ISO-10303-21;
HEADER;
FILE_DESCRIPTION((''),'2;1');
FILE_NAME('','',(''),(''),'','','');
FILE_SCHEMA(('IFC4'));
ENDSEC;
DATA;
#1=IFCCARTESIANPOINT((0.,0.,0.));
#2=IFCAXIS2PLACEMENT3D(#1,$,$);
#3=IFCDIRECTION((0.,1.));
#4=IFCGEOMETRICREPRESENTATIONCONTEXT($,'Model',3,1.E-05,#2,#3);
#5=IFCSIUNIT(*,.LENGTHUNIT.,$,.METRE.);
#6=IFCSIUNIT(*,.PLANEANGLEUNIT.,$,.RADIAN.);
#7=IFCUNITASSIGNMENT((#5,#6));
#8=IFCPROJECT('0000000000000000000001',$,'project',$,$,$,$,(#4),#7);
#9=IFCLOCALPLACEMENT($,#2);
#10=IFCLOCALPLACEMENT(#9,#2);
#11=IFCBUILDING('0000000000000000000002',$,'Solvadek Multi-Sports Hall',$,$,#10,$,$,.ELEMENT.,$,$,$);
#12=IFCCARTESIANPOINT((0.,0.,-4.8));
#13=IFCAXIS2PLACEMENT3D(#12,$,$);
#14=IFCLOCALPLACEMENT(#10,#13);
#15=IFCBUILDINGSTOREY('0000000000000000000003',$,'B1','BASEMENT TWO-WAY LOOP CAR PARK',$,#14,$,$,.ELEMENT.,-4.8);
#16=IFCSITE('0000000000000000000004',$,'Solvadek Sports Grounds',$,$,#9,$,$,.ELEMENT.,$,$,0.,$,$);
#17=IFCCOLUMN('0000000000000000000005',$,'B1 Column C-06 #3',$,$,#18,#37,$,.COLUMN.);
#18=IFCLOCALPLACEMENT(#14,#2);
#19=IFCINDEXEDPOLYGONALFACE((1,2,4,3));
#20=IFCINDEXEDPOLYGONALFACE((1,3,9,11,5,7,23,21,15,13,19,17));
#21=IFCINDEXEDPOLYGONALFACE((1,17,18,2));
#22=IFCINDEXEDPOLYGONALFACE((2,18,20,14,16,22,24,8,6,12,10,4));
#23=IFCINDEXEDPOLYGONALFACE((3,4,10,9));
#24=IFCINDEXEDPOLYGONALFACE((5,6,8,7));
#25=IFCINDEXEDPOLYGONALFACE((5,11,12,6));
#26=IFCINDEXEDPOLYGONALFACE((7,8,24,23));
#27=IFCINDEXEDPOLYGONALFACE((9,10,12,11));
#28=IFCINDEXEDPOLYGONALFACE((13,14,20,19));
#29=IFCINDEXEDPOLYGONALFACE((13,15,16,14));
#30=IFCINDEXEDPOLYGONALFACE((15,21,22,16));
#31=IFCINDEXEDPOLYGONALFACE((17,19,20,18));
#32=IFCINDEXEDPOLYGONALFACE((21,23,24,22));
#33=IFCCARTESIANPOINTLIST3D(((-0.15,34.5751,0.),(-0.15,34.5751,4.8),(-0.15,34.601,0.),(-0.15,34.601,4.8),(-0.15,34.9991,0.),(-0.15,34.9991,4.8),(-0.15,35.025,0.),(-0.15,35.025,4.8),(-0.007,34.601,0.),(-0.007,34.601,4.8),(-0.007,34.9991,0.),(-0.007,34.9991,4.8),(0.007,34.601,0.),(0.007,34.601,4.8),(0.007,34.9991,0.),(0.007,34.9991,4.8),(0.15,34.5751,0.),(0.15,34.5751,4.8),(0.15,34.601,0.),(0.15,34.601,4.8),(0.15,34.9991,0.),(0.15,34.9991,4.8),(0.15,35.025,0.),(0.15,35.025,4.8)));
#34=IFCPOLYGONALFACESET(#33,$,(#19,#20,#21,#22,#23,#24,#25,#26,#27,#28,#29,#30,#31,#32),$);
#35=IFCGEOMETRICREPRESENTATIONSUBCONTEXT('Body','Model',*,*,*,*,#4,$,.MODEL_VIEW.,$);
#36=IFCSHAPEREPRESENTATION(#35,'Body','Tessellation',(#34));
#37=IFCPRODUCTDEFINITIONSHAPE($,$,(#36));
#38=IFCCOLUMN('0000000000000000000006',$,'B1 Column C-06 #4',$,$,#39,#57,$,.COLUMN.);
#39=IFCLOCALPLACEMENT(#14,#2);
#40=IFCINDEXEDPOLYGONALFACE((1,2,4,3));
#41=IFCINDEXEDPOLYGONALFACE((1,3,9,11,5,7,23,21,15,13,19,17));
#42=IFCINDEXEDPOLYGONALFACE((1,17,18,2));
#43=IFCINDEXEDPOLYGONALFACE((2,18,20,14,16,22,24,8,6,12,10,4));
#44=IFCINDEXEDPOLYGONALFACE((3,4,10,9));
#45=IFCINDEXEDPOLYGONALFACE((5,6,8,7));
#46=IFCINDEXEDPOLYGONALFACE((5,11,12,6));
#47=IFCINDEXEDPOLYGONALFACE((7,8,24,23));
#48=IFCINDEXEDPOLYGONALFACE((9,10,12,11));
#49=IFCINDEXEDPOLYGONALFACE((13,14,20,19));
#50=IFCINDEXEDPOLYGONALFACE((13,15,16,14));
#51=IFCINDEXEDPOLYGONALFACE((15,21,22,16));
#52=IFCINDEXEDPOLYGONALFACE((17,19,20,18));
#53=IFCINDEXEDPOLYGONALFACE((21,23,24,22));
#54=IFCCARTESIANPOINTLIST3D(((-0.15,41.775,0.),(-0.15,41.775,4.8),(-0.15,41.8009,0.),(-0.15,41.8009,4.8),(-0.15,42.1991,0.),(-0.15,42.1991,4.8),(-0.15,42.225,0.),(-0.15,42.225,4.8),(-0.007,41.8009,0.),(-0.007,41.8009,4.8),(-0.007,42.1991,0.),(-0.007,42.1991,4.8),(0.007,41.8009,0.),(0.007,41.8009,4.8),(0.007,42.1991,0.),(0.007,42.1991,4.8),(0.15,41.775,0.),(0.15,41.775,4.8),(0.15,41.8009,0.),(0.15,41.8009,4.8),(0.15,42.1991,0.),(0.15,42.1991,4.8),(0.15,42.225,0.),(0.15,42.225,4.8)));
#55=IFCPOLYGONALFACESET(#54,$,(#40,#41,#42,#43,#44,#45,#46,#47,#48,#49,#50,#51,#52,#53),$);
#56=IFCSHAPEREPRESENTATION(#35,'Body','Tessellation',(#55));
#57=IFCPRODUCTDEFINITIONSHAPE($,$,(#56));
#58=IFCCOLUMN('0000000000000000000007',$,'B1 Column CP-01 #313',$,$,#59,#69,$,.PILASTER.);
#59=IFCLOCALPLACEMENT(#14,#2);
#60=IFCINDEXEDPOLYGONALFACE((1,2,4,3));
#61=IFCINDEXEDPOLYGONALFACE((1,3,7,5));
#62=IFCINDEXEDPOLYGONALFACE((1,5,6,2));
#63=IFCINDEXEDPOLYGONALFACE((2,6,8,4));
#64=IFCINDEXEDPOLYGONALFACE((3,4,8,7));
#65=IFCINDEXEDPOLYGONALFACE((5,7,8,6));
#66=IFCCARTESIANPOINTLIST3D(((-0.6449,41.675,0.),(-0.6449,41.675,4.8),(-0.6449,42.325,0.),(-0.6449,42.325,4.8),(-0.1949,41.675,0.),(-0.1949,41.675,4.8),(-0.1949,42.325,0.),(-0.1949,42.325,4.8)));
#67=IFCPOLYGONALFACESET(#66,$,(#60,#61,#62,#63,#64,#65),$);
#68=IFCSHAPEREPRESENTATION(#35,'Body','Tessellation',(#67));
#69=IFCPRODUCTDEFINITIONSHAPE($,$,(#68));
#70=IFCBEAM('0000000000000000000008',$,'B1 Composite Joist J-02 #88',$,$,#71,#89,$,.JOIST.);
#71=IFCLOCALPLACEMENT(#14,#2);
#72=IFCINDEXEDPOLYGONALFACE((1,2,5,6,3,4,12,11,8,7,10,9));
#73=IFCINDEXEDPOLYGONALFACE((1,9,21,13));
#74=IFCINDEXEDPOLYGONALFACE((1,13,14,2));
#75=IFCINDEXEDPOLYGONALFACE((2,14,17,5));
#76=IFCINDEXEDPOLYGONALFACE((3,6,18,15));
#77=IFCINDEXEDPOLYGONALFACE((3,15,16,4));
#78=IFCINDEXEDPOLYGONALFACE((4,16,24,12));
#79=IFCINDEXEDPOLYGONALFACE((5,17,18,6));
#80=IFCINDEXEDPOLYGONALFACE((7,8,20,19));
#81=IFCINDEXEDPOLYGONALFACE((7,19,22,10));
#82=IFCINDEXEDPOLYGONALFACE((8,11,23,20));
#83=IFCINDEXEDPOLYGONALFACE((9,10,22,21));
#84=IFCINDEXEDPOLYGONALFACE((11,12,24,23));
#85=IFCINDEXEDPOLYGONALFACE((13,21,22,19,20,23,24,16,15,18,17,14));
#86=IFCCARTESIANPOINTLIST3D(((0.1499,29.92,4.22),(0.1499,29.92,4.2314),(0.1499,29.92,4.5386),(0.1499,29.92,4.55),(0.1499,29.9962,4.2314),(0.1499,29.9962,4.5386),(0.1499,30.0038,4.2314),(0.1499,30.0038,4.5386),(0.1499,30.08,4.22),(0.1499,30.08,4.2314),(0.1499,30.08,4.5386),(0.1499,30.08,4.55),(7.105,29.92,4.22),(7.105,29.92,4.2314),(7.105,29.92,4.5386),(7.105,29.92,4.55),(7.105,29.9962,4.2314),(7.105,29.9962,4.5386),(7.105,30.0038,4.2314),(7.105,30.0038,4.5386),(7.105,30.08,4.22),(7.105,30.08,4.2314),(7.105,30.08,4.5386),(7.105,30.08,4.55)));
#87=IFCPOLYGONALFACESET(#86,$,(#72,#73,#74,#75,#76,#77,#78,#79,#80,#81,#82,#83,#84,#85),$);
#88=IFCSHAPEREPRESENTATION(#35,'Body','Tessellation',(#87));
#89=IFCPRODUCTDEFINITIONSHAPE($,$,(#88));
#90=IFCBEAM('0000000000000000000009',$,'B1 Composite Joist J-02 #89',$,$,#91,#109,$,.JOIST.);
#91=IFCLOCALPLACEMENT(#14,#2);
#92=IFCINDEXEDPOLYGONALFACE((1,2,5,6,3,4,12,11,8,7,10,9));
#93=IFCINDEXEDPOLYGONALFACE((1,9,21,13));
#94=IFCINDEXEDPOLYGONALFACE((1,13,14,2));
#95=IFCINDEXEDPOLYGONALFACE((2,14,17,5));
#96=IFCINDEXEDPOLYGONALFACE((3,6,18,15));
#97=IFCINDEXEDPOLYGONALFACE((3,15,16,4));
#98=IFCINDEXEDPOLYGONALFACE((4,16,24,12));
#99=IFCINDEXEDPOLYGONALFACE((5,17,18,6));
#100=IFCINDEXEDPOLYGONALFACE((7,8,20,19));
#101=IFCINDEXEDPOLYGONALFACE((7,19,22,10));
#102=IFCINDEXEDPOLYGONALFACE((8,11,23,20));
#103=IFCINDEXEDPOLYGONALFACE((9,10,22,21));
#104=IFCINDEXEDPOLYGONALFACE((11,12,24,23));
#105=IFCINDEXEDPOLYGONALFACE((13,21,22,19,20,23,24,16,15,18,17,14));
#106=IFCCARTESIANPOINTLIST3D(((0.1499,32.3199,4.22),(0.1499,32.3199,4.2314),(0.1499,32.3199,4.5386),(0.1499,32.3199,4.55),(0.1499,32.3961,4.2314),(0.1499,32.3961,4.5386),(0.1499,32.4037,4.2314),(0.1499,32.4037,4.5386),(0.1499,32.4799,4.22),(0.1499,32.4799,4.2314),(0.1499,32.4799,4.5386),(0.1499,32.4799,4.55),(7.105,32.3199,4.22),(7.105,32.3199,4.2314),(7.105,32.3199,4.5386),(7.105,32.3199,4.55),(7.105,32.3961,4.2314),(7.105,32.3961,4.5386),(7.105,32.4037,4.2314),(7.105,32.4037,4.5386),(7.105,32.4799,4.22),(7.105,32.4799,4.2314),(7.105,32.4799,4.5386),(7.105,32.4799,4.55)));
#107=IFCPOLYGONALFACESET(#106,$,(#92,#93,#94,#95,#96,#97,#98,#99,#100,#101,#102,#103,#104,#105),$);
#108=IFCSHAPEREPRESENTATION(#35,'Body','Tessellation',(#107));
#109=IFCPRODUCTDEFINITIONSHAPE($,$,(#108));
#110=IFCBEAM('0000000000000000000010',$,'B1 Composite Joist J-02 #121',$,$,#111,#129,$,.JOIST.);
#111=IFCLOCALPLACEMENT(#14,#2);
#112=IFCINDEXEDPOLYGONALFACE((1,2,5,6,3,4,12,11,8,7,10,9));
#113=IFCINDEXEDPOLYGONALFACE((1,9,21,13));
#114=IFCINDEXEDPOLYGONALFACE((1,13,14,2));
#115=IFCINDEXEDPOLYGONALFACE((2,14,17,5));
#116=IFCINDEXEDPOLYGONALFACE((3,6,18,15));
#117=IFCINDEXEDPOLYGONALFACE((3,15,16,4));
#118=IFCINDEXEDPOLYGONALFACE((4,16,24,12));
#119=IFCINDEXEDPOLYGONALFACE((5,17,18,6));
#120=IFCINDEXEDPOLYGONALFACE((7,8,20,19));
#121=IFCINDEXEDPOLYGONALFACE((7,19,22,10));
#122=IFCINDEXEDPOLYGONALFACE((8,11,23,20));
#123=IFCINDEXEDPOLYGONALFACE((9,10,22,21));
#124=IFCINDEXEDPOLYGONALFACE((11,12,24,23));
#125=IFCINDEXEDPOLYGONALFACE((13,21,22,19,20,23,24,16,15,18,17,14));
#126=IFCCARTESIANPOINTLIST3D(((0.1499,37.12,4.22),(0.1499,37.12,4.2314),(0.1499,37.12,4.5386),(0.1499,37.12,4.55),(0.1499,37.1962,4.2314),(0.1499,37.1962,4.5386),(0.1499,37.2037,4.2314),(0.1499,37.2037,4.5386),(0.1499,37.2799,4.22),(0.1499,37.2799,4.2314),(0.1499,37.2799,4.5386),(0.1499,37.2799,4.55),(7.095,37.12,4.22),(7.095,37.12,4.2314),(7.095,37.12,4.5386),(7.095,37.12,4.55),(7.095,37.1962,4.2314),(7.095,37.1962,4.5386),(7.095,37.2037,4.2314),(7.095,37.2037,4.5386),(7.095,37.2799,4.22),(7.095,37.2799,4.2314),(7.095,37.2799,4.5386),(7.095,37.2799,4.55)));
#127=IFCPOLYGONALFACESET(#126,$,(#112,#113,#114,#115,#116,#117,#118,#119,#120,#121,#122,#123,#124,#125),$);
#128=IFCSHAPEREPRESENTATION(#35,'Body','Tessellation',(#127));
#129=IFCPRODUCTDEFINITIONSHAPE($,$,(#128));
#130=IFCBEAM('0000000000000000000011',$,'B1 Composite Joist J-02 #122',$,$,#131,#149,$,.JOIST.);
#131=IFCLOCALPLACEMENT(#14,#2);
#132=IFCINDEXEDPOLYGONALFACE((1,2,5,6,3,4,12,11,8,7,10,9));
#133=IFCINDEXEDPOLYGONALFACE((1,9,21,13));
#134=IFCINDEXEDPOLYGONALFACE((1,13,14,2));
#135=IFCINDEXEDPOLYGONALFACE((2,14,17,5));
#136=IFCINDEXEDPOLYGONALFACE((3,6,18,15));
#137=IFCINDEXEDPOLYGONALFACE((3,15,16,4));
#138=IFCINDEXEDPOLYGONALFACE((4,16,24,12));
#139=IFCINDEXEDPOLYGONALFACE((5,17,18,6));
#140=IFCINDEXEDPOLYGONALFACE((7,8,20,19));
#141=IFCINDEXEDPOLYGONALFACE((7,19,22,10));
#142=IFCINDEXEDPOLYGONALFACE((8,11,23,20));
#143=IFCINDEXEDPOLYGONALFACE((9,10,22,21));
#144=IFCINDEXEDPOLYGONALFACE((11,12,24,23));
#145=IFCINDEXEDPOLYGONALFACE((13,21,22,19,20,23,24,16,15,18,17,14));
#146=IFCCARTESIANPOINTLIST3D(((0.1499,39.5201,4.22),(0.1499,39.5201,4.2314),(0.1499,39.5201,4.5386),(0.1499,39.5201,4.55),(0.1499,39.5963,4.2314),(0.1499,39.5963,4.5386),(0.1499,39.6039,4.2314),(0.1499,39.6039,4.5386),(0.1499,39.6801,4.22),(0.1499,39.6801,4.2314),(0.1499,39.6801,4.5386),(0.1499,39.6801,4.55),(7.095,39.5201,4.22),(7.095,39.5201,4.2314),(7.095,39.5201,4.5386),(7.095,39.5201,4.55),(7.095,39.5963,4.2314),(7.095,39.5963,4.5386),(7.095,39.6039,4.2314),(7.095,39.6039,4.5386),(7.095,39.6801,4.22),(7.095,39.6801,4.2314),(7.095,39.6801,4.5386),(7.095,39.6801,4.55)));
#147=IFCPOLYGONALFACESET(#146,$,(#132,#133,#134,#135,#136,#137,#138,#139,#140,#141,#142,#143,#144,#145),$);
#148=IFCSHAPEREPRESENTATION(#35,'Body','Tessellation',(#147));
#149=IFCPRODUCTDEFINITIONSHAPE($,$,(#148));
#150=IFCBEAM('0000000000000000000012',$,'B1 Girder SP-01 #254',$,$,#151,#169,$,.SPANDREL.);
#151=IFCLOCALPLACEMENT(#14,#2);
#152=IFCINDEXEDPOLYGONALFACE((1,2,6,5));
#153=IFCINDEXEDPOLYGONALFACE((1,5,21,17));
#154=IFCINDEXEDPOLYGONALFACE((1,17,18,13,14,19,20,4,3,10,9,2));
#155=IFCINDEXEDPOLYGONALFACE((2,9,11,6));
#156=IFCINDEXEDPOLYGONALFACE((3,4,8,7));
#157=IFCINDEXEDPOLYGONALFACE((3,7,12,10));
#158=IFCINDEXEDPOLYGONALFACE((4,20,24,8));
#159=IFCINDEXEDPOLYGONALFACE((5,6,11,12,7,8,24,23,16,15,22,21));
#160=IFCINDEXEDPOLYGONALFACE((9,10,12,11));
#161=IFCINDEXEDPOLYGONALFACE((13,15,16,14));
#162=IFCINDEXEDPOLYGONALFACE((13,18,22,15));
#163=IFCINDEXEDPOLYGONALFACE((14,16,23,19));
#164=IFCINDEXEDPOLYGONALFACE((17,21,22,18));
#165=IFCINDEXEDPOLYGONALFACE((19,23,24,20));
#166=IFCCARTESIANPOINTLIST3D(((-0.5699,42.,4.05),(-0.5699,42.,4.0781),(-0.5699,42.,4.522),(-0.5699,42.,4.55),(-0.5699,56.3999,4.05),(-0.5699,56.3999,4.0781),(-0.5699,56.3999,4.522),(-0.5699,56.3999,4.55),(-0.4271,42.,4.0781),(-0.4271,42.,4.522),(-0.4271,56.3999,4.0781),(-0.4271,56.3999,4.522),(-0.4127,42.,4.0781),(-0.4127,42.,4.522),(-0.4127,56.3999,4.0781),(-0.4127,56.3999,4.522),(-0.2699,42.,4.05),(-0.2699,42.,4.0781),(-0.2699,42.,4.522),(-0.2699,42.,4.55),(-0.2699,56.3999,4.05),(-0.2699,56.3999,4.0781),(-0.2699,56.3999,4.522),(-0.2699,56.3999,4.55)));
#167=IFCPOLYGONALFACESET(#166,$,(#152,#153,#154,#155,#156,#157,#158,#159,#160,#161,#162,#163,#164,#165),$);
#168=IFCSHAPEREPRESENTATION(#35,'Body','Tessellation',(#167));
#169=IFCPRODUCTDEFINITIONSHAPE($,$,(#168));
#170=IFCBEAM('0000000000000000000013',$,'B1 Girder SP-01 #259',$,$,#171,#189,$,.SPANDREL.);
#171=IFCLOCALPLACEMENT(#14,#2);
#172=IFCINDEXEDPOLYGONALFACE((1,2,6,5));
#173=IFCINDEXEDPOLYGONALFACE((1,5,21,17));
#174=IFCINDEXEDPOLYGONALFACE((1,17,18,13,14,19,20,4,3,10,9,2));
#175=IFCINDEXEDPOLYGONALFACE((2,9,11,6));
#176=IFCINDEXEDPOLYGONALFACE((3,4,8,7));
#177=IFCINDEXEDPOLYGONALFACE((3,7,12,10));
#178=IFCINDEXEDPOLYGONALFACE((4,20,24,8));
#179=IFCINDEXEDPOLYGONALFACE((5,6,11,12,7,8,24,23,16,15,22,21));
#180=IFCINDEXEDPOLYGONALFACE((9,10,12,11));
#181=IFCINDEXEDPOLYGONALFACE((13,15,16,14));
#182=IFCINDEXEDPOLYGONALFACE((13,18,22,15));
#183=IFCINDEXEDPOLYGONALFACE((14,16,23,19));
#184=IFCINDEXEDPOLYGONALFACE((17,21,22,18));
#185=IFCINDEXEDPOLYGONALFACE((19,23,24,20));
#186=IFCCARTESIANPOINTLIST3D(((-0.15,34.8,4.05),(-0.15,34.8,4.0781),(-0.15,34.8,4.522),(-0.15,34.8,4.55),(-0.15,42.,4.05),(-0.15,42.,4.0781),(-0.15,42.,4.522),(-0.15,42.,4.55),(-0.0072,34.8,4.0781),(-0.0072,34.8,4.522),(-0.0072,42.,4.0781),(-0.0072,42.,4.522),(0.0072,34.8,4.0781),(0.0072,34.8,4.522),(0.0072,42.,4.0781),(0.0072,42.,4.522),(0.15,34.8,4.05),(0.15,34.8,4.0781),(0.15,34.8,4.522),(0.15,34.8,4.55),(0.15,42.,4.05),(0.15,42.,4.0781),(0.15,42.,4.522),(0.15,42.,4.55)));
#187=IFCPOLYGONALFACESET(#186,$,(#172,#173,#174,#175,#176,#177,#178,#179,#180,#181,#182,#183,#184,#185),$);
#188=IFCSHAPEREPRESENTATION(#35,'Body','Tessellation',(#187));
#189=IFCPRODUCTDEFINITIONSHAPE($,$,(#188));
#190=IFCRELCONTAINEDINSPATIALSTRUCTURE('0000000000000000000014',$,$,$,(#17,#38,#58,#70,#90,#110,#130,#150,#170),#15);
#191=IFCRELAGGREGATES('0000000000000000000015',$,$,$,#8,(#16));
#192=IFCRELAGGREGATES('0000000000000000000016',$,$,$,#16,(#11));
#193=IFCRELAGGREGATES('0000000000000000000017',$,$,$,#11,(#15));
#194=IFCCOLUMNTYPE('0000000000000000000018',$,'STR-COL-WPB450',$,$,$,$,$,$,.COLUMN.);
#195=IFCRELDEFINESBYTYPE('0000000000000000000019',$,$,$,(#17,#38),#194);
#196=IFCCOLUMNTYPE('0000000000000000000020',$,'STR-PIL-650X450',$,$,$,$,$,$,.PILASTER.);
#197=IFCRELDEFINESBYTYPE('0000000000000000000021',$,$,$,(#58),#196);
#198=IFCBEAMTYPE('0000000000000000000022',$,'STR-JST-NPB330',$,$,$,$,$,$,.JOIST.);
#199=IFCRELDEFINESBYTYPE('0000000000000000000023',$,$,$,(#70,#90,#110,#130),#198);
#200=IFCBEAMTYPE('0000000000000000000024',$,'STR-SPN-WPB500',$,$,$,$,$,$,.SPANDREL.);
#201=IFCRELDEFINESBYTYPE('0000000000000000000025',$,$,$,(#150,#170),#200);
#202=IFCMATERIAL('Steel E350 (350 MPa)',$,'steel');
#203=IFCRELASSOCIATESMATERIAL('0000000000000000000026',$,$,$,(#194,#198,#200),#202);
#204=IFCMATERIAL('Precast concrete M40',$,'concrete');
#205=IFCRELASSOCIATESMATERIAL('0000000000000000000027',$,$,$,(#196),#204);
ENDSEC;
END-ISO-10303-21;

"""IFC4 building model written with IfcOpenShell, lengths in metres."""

from ifc_helpers import new_model, si_unit, direction, frame, origin, origin_2d, place, context, subcontext, project, spatial, rectangle, i_section, extrude, material, material_profile, profile_set, type_object, element, save


model = new_model("IFC4")

# Units and contexts
model_context = context("Model", 3, precision=1e-05, world=origin(), true_north=direction((0.0, 1.0)))
body_context = subcontext(model_context, "Body", "Model", "MODEL_VIEW")
ifc_project = project(units=[si_unit("LENGTHUNIT", "METRE"), si_unit("PLANEANGLEUNIT", "RADIAN")], contexts=[model_context])

# Site, building, storey
site_placement = place(None, origin())
site = spatial("IfcSite", under=ifc_project, at=site_placement, Name="Solvadek Sports Grounds", CompositionType="ELEMENT", RefElevation=0.0)
building_placement = place(site_placement, origin())
building = spatial("IfcBuilding", under=site, at=building_placement, Name="Solvadek Multi-Sports Hall", CompositionType="ELEMENT")
storey_placement = place(building_placement, frame((0.0, 0.0, -4.8)))
storey = spatial("IfcBuildingStorey", under=building, at=storey_placement, Name="B1", Description="BASEMENT TWO-WAY LOOP CAR PARK", CompositionType="ELEMENT", Elevation=-4.8)

# Columns
ifc_material_1 = material(Name="Steel E350 (350 MPa)", Category="steel")
ifc_material_profile_1 = material_profile(ifc_material_1, i_section(OverallWidth=0.3, OverallDepth=0.45, WebThickness=0.0139, FlangeThickness=0.0259, at=origin_2d()), Name="WPB 450")
ifc_profile_set_1 = profile_set([ifc_material_profile_1], Name="Steel E350 (350 MPa)")
column_type_1 = type_object("IfcColumnType", Name="STR-COL-WPB450", PredefinedType="COLUMN", material=ifc_profile_set_1)
for number, where, z_axis, x_axis, name in (
    (1, (0.0, 34.8, 0.0), (0.0, 0.0, 1.0), (1.0, 0.0, 0.0), "B1 Column C-06 #3"),
    (2, (0.0, 42.0, 0.0), (0.0, 0.0, 1.0), (1.0, 0.0, 0.0), "B1 Column C-06 #4"),
):
    element("IfcColumn", number, at=place(storey_placement, frame(where, z_axis=z_axis, x_axis=x_axis)), inside=storey, type_object=column_type_1, Name=name, PredefinedType="COLUMN", context=body_context, shape_type="SweptSolid", body=[
        extrude(i_section(OverallWidth=0.3, OverallDepth=0.45, WebThickness=0.0139, FlangeThickness=0.0259, at=origin_2d()), origin(), (0.0, 0.0, 1.0), 4.8),
    ])
ifc_material_2 = material(Name="Precast concrete M40", Category="concrete")
ifc_material_profile_2 = material_profile(ifc_material_2, rectangle(XDim=0.45, YDim=0.6499, at=origin_2d()), Name="RC PILASTER 650x450")
ifc_profile_set_2 = profile_set([ifc_material_profile_2], Name="Precast concrete M40")
column_type_2 = type_object("IfcColumnType", Name="STR-PIL-650X450", PredefinedType="PILASTER", material=ifc_profile_set_2)
column_placement = place(storey_placement, frame((-0.4199, 42.0, 0.0), z_axis=(0.0, 0.0, 1.0), x_axis=(1.0, 0.0, 0.0)))
element("IfcColumn", 3, at=column_placement, inside=storey, type_object=column_type_2, Name="B1 Column CP-01 #313", PredefinedType="PILASTER", context=body_context, shape_type="SweptSolid", body=[
    extrude(rectangle(XDim=0.45, YDim=0.6499, at=origin_2d()), origin(), (0.0, 0.0, 1.0), 4.8),
])

# Beams
ifc_material_profile_3 = material_profile(ifc_material_1, i_section(OverallWidth=0.1599, OverallDepth=0.3301, WebThickness=0.0076, FlangeThickness=0.0115, at=origin_2d()), Name="NPB 330")
ifc_profile_set_3 = profile_set([ifc_material_profile_3], Name="Steel E350 (350 MPa)")
beam_type_1 = type_object("IfcBeamType", Name="STR-JST-NPB330", PredefinedType="JOIST", material=ifc_profile_set_3)
for number, where, z_axis, x_axis, name in (
    (4, (0.1499, 30.0, 4.385), (1.0, 0.0, 0.0), (0.0, 1.0, 0.0), "B1 Composite Joist J-02 #88"),
    (5, (0.1499, 32.3999, 4.385), (1.0, 0.0, 0.0), (0.0, 1.0, 0.0), "B1 Composite Joist J-02 #89"),
):
    element("IfcBeam", number, at=place(storey_placement, frame(where, z_axis=z_axis, x_axis=x_axis)), inside=storey, type_object=beam_type_1, Name=name, PredefinedType="JOIST", context=body_context, shape_type="SweptSolid", body=[
        extrude(i_section(OverallWidth=0.1599, OverallDepth=0.3301, WebThickness=0.0076, FlangeThickness=0.0115, at=origin_2d()), origin(), (0.0, 0.0, 1.0), 6.9551),
    ])
for number, where, z_axis, x_axis, name in (
    (6, (0.1499, 37.2, 4.385), (1.0, 0.0, 0.0), (0.0, 1.0, 0.0), "B1 Composite Joist J-02 #121"),
    (7, (0.1499, 39.6001, 4.385), (1.0, 0.0, 0.0), (0.0, 1.0, 0.0), "B1 Composite Joist J-02 #122"),
):
    element("IfcBeam", number, at=place(storey_placement, frame(where, z_axis=z_axis, x_axis=x_axis)), inside=storey, type_object=beam_type_1, Name=name, PredefinedType="JOIST", context=body_context, shape_type="SweptSolid", body=[
        extrude(i_section(OverallWidth=0.1599, OverallDepth=0.3301, WebThickness=0.0076, FlangeThickness=0.0115, at=origin_2d()), origin(), (0.0, 0.0, 1.0), 6.9451),
    ])
ifc_material_profile_4 = material_profile(ifc_material_1, i_section(OverallWidth=0.3, OverallDepth=0.5, WebThickness=0.0144, FlangeThickness=0.0281, at=origin_2d()), Name="WPB 500")
ifc_profile_set_4 = profile_set([ifc_material_profile_4], Name="Steel E350 (350 MPa)")
beam_type_2 = type_object("IfcBeamType", Name="STR-SPN-WPB500", PredefinedType="SPANDREL", material=ifc_profile_set_4)
beam_placement = place(storey_placement, frame((-0.4199, 42.0, 4.3), z_axis=(0.0, 1.0, 0.0), x_axis=(-1.0, 0.0, 0.0)))
element("IfcBeam", 8, at=beam_placement, inside=storey, type_object=beam_type_2, Name="B1 Girder SP-01 #254", PredefinedType="SPANDREL", context=body_context, shape_type="SweptSolid", body=[
    extrude(i_section(OverallWidth=0.3, OverallDepth=0.5, WebThickness=0.0144, FlangeThickness=0.0281, at=origin_2d()), origin(), (0.0, 0.0, 1.0), 14.3999),
])
for number, where, z_axis, x_axis, name in (
    (9, (0.0, 34.8, 4.3), (0.0, 1.0, 0.0), (-1.0, 0.0, 0.0), "B1 Girder SP-01 #259"),
):
    element("IfcBeam", number, at=place(storey_placement, frame(where, z_axis=z_axis, x_axis=x_axis)), inside=storey, type_object=beam_type_2, Name=name, PredefinedType="SPANDREL", context=body_context, shape_type="SweptSolid", body=[
        extrude(i_section(OverallWidth=0.3, OverallDepth=0.5, WebThickness=0.0144, FlangeThickness=0.0281, at=origin_2d()), origin(), (0.0, 0.0, 1.0), 7.2),
    ])

save(model, "model.ifc")
